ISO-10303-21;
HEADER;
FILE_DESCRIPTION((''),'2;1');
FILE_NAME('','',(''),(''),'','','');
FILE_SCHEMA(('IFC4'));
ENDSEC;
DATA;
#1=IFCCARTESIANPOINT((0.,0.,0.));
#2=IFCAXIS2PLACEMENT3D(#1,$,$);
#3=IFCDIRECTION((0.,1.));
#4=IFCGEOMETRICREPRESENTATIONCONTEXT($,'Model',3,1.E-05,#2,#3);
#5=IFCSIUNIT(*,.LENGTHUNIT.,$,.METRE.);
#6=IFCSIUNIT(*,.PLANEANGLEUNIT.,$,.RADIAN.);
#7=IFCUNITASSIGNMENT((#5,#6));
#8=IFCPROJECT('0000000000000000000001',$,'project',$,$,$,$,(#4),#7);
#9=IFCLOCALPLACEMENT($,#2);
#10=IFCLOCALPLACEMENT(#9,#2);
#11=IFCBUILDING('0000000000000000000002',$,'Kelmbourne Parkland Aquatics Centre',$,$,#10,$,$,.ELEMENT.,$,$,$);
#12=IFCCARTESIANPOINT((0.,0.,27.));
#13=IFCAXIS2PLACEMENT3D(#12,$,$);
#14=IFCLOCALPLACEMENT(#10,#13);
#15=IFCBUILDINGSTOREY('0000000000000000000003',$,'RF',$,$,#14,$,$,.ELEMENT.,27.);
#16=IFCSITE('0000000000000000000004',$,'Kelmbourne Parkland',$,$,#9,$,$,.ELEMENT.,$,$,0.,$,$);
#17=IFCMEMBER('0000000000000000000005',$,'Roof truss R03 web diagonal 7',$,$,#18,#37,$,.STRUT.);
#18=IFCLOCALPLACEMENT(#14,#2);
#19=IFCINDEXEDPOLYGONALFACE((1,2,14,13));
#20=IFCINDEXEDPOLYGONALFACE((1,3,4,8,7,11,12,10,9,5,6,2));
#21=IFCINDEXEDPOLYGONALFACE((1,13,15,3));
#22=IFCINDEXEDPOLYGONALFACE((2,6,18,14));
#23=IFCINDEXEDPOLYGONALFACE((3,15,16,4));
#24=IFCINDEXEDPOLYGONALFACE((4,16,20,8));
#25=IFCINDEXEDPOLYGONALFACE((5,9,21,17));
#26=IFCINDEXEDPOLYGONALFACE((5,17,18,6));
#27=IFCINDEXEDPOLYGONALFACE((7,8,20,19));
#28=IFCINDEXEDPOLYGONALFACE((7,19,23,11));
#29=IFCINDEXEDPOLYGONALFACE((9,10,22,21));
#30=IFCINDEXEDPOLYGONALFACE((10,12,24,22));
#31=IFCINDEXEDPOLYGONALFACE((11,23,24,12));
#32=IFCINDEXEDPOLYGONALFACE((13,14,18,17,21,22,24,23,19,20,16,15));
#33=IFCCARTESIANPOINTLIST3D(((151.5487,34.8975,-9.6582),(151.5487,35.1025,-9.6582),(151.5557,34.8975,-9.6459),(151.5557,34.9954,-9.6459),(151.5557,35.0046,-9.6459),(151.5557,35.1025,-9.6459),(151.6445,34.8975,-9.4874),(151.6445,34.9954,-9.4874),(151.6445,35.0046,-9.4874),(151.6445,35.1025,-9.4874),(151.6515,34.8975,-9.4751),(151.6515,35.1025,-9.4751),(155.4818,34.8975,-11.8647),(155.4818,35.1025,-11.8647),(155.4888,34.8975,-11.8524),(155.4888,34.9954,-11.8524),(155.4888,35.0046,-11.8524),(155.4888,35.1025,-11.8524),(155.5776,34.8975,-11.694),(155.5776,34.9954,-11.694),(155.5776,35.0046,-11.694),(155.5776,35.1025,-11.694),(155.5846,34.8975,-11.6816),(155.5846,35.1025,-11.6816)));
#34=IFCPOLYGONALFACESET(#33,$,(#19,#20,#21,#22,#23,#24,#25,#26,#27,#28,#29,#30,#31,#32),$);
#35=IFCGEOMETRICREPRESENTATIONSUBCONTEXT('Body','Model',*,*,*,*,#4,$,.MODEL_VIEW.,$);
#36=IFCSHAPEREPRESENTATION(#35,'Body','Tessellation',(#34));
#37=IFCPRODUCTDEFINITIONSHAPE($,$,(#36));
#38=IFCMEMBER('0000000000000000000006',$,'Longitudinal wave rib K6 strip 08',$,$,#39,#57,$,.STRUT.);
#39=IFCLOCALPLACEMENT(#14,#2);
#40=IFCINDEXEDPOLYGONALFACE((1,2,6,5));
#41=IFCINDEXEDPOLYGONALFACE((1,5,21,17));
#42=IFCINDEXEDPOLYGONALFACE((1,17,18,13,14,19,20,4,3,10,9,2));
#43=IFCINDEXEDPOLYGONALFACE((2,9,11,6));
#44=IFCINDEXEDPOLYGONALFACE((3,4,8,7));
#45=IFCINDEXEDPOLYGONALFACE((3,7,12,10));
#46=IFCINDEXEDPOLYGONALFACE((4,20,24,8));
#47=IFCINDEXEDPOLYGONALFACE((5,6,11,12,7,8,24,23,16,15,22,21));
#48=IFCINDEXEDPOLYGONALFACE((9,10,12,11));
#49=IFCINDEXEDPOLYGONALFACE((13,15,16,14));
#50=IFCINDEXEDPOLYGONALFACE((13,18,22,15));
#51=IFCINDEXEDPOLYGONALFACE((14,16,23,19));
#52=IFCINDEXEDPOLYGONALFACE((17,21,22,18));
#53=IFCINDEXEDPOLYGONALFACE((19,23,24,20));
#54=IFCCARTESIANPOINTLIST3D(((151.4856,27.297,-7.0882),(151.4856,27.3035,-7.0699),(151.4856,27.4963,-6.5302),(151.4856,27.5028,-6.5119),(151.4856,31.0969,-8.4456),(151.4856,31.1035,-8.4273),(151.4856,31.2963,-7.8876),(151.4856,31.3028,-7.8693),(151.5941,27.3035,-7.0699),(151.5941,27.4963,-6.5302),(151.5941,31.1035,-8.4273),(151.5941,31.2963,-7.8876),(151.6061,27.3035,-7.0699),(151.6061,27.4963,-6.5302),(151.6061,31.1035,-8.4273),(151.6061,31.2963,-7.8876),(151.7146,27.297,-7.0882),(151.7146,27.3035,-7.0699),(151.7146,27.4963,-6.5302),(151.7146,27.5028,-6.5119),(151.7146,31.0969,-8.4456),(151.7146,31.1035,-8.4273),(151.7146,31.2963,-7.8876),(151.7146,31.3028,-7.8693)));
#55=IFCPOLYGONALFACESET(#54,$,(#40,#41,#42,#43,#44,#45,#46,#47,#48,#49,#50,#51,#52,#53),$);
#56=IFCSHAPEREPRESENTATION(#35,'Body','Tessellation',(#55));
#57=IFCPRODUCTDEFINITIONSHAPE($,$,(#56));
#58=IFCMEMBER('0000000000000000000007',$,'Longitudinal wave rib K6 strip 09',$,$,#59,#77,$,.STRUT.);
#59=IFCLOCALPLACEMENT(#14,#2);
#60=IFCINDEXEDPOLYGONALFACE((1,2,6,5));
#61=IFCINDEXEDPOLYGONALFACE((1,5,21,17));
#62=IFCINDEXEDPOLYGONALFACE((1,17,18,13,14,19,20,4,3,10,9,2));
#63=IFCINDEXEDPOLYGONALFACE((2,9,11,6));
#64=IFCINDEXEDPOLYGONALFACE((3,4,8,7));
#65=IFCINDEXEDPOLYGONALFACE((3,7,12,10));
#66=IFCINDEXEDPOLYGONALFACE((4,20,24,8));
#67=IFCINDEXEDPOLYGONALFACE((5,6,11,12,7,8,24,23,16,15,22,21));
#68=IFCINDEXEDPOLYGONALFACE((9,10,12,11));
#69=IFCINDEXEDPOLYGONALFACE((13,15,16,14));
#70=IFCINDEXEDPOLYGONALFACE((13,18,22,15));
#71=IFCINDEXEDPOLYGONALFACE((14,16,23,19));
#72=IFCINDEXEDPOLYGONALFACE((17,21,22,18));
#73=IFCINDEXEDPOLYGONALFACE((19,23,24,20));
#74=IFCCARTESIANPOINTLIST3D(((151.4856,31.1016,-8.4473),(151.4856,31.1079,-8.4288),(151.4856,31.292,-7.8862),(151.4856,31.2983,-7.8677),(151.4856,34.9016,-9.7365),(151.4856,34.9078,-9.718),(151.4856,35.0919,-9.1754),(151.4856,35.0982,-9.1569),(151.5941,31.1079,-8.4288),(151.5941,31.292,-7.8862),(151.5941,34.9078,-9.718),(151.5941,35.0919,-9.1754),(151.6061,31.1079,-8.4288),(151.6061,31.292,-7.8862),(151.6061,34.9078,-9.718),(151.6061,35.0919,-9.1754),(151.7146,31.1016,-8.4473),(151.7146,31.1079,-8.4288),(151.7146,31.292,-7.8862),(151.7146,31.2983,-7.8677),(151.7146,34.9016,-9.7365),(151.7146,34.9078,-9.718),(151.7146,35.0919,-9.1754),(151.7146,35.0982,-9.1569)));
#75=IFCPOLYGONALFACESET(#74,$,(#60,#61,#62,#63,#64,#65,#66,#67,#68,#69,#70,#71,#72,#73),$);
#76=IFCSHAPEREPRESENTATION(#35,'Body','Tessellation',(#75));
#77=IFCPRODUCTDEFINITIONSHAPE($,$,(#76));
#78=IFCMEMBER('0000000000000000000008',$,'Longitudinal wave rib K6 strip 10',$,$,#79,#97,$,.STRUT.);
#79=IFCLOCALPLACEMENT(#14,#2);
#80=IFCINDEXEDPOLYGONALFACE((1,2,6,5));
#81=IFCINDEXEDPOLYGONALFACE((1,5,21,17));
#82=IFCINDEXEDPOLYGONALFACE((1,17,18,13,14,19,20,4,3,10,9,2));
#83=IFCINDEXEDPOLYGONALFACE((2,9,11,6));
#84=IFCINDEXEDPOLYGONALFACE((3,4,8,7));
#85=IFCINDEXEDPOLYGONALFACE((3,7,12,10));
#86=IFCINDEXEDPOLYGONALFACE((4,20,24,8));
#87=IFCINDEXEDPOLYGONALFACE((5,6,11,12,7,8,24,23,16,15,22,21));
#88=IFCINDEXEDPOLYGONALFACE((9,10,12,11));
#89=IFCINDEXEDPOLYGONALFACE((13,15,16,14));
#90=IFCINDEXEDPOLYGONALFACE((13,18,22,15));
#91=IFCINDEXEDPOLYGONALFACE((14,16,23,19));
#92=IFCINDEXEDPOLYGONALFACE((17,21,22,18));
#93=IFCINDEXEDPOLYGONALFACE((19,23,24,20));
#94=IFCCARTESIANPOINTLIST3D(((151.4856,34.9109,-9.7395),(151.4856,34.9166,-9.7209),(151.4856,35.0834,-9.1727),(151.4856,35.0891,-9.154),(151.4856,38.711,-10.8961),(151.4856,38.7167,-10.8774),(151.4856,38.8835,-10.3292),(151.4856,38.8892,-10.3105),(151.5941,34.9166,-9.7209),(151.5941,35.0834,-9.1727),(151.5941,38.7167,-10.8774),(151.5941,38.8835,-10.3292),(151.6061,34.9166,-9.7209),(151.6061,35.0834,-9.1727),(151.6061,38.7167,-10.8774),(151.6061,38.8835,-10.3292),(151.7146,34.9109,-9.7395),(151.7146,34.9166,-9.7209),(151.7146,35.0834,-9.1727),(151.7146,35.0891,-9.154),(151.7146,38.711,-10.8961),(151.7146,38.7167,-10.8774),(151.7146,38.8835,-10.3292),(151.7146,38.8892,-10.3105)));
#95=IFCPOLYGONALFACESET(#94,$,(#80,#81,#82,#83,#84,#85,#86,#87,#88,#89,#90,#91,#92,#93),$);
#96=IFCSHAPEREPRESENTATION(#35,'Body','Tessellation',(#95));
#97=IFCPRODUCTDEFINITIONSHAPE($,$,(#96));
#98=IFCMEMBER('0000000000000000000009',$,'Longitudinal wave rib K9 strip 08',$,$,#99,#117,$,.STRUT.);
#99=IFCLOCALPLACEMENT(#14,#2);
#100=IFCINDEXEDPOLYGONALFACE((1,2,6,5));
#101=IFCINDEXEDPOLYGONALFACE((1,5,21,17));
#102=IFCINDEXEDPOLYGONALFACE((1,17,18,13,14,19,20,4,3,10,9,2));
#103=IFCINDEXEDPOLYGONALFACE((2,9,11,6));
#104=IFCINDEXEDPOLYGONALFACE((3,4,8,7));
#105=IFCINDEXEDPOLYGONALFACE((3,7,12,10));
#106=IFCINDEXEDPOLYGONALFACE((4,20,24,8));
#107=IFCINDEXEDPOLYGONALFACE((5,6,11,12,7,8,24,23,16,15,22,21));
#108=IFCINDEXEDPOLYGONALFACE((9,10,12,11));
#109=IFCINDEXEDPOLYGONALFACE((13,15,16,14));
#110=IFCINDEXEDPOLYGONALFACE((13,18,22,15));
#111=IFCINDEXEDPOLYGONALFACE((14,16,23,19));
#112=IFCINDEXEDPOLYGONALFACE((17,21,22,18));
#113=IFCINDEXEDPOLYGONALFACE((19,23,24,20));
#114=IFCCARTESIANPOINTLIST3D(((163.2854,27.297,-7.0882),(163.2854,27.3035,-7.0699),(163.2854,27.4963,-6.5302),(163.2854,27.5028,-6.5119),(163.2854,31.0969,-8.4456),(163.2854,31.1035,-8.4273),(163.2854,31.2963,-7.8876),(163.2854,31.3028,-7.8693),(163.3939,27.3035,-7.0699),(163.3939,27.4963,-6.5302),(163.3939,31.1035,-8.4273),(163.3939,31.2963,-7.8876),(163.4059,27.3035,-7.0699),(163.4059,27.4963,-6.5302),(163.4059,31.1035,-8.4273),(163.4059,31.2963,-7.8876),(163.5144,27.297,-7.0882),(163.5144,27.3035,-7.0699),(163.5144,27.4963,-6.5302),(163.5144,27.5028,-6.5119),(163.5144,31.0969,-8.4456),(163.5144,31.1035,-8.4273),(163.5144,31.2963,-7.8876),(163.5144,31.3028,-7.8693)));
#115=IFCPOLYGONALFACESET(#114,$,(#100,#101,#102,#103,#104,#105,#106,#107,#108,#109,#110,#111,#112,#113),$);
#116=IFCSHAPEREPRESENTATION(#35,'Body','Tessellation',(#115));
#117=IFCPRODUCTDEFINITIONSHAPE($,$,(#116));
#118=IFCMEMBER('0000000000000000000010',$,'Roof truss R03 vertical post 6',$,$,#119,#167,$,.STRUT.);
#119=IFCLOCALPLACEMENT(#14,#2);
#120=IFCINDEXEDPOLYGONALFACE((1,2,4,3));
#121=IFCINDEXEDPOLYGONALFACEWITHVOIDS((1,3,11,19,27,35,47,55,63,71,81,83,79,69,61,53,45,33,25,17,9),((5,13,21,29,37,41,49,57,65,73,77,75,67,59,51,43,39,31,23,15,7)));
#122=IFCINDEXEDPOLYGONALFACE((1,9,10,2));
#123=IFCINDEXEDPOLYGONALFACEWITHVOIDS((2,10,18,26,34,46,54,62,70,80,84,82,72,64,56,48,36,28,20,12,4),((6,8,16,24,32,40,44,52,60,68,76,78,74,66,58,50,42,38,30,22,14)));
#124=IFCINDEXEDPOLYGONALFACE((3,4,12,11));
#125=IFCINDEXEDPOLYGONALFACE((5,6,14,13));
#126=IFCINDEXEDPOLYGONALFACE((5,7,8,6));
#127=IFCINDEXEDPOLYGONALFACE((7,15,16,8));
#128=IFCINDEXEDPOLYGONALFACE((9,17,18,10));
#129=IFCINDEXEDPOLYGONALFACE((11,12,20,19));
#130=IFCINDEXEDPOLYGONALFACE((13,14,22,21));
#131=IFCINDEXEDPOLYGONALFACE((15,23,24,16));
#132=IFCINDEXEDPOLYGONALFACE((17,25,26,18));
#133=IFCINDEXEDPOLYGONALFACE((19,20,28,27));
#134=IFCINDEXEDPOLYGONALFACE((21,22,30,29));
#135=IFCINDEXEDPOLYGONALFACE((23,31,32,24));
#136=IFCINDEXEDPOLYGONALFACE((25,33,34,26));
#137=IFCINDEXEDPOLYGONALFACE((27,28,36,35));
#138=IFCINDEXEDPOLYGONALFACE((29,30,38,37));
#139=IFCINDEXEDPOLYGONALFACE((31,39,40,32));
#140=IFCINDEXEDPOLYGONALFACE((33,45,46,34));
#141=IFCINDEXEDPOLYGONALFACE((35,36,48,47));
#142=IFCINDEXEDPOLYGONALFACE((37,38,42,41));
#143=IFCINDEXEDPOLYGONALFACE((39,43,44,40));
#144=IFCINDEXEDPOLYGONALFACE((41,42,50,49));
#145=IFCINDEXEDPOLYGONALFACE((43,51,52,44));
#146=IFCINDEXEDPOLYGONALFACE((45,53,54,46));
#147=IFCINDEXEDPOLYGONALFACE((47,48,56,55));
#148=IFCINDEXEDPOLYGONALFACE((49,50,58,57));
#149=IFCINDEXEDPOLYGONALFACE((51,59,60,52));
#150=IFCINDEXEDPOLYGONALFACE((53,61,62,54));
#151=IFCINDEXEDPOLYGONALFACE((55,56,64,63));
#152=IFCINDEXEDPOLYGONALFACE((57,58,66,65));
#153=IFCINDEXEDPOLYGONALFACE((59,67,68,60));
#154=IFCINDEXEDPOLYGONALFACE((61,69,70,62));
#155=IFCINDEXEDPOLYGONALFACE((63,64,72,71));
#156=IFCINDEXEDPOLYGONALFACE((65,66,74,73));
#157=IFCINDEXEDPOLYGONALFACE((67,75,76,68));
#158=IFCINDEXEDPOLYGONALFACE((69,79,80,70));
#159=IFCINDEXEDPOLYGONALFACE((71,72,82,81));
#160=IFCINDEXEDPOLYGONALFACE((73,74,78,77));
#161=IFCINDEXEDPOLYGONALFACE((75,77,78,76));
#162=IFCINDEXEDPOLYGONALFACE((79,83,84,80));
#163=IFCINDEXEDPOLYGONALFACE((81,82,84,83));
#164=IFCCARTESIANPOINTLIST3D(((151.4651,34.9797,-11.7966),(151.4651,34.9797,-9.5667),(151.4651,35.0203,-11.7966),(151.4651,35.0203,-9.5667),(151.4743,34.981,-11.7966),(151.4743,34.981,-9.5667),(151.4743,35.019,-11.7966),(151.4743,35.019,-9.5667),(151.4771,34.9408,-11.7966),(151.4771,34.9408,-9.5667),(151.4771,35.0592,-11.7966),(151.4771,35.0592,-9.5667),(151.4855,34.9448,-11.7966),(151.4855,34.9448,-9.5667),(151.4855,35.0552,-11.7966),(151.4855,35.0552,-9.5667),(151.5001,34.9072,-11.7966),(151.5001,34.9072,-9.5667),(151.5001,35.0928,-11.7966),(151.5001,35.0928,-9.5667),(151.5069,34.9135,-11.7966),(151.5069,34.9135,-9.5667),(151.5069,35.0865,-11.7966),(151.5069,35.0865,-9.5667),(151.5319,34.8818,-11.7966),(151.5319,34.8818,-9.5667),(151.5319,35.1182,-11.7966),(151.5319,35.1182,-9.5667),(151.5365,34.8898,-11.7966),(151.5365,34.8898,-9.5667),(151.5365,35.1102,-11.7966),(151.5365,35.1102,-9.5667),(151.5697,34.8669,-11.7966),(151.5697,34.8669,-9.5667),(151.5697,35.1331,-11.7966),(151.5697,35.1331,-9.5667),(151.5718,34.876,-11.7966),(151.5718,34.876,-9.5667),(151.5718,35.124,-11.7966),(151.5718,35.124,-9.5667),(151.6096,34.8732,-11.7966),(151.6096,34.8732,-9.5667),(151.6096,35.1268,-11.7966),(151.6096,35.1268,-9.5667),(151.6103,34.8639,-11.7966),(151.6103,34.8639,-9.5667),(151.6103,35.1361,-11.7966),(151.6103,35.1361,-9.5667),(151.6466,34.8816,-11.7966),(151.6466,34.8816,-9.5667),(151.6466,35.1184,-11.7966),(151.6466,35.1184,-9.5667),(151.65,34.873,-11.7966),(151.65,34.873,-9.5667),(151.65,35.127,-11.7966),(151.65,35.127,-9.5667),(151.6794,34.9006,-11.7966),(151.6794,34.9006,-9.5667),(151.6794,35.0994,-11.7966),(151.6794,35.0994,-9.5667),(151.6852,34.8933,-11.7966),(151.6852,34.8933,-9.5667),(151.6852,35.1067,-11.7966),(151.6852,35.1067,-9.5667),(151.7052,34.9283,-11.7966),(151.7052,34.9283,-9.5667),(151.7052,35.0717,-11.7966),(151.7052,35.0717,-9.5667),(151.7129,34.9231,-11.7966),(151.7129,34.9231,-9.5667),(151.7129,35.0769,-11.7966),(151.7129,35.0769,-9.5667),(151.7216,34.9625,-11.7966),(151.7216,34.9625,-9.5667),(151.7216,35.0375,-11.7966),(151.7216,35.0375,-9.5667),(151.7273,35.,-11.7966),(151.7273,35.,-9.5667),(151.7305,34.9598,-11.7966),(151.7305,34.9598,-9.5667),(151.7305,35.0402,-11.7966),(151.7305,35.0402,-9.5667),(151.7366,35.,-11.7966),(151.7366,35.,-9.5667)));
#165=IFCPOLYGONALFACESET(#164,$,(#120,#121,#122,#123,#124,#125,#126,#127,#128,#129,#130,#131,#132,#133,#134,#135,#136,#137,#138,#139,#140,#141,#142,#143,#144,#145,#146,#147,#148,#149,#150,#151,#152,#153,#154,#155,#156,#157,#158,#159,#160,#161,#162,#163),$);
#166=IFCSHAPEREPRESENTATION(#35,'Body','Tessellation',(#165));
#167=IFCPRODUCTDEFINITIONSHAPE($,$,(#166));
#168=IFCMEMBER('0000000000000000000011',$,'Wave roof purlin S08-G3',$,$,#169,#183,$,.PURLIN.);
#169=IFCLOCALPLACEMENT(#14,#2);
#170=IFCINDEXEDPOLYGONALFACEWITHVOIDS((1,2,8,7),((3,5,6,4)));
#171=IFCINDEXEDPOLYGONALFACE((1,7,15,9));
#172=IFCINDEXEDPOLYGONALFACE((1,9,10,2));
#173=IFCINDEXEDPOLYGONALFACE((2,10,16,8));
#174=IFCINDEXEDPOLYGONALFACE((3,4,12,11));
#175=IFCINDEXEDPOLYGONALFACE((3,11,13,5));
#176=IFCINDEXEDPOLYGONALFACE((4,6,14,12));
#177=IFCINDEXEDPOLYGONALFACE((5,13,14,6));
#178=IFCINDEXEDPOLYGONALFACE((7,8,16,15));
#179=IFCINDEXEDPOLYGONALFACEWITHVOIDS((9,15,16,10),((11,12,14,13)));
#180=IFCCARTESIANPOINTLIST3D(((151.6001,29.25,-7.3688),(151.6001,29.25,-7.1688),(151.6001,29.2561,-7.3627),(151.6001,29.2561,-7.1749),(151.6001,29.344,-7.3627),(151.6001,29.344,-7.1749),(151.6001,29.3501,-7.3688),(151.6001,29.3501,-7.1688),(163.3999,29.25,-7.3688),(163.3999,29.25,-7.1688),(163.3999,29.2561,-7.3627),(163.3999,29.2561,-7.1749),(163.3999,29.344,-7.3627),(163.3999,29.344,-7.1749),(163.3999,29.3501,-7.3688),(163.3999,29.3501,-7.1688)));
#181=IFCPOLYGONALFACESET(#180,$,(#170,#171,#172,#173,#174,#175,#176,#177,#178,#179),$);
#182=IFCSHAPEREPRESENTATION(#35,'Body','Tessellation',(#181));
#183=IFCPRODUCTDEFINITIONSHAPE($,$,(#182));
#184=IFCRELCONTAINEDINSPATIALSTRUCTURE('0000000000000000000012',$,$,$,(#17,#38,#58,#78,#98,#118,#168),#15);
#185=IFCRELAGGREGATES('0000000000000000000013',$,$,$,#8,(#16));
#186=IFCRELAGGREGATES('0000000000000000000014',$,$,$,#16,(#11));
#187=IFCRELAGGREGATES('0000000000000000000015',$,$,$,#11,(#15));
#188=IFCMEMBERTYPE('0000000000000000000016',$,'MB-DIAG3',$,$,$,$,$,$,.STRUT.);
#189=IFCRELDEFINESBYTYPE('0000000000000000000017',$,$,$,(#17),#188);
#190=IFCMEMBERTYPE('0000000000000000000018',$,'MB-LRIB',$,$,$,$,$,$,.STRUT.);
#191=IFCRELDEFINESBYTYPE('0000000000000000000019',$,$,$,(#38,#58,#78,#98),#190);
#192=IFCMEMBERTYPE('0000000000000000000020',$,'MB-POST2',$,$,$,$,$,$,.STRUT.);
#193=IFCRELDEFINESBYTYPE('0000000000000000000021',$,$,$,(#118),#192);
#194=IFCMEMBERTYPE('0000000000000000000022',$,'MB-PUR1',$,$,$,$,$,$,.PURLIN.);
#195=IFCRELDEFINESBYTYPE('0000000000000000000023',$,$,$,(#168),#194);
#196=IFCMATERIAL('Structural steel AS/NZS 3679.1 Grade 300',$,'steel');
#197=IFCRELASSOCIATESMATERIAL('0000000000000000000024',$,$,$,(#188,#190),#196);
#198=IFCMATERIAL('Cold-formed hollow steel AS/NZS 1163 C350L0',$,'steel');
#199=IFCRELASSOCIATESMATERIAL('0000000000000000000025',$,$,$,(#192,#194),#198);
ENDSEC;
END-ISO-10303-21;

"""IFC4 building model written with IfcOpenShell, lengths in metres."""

from ifc_helpers import new_model, si_unit, direction, frame, origin, origin_2d, place, context, subcontext, project, spatial, hollow_rectangle, hollow_circle, i_section, extrude, material, material_profile, profile_set, type_object, element, save


model = new_model("IFC4")

# Units and contexts
model_context = context("Model", 3, precision=1e-05, world=origin(), true_north=direction((0.0, 1.0)))
body_context = subcontext(model_context, "Body", "Model", "MODEL_VIEW")
ifc_project = project(units=[si_unit("LENGTHUNIT", "METRE"), si_unit("PLANEANGLEUNIT", "RADIAN")], contexts=[model_context])

# Site, building, storey
site_placement = place(None, origin())
site = spatial("IfcSite", under=ifc_project, at=site_placement, Name="Kelmbourne Parkland", CompositionType="ELEMENT", RefElevation=0.0)
building_placement = place(site_placement, origin())
building = spatial("IfcBuilding", under=site, at=building_placement, Name="Kelmbourne Parkland Aquatics Centre", CompositionType="ELEMENT")
storey_placement = place(building_placement, frame((0.0, 0.0, 27.0)))
storey = spatial("IfcBuildingStorey", under=building, at=storey_placement, Name="RF", CompositionType="ELEMENT", Elevation=27.0)

# Members
ifc_material_1 = material(Name="Structural steel AS/NZS 3679.1 Grade 300", Category="steel")
ifc_material_profile_1 = material_profile(ifc_material_1, i_section(OverallWidth=0.2051, OverallDepth=0.21, WebThickness=0.0093, FlangeThickness=0.0142, at=origin_2d()), Name="200UC59.5")
ifc_profile_set_1 = profile_set([ifc_material_profile_1], Name="Structural steel AS/NZS 3679.1 Grade 300")
member_type_1 = type_object("IfcMemberType", Name="MB-DIAG3", PredefinedType="STRUT", material=ifc_profile_set_1)
member_1_placement = place(storey_placement, frame((151.6001, 35.0, -9.5667), z_axis=(0.872127, 0.0, -0.489279), x_axis=(0.0, 1.0, 0.0)))
element("IfcMember", 1, at=member_1_placement, inside=storey, type_object=member_type_1, Name="Roof truss R03 web diagonal 7", PredefinedType="STRUT", context=body_context, shape_type="SweptSolid", body=[
    extrude(i_section(OverallWidth=0.2051, OverallDepth=0.21, WebThickness=0.0093, FlangeThickness=0.0142, at=origin_2d()), origin(), (0.0, 0.0, 1.0), 4.5098),
])
ifc_material_profile_2 = material_profile(ifc_material_1, i_section(OverallWidth=0.229, OverallDepth=0.6121, WebThickness=0.012, FlangeThickness=0.0195, at=origin_2d()), Name="610UB125")
ifc_profile_set_2 = profile_set([ifc_material_profile_2], Name="Structural steel AS/NZS 3679.1 Grade 300")
member_type_2 = type_object("IfcMemberType", Name="MB-LRIB", PredefinedType="STRUT", material=ifc_profile_set_2)
member_2_placement = place(storey_placement, frame((151.6001, 27.3999, -6.8), z_axis=(0.0, 0.941721, -0.336394), x_axis=(-1.0, 0.0, 0.0)))
element("IfcMember", 2, at=member_2_placement, inside=storey, type_object=member_type_2, Name="Longitudinal wave rib K6 strip 08", PredefinedType="STRUT", context=body_context, shape_type="SweptSolid", body=[
    extrude(i_section(OverallWidth=0.229, OverallDepth=0.6121, WebThickness=0.012, FlangeThickness=0.0195, at=origin_2d()), origin(), (0.0, 0.0, 1.0), 4.0352),
])
member_3_placement = place(storey_placement, frame((151.6001, 31.2, -8.1575), z_axis=(0.0, 0.946978, -0.321297), x_axis=(-1.0, 0.0, 0.0)))
element("IfcMember", 3, at=member_3_placement, inside=storey, type_object=member_type_2, Name="Longitudinal wave rib K6 strip 09", PredefinedType="STRUT", context=body_context, shape_type="SweptSolid", body=[
    extrude(i_section(OverallWidth=0.229, OverallDepth=0.6121, WebThickness=0.012, FlangeThickness=0.0195, at=origin_2d()), origin(), (0.0, 0.0, 1.0), 4.0127),
])
member_4_placement = place(storey_placement, frame((151.6001, 35.0, -9.4468), z_axis=(0.0, 0.956677, -0.291152), x_axis=(-1.0, 0.0, 0.0)))
element("IfcMember", 4, at=member_4_placement, inside=storey, type_object=member_type_2, Name="Longitudinal wave rib K6 strip 10", PredefinedType="STRUT", context=body_context, shape_type="SweptSolid", body=[
    extrude(i_section(OverallWidth=0.229, OverallDepth=0.6121, WebThickness=0.012, FlangeThickness=0.0195, at=origin_2d()), origin(), (0.0, 0.0, 1.0), 3.9722),
])
member_5_placement = place(storey_placement, frame((163.3999, 27.3999, -6.8), z_axis=(0.0, 0.941721, -0.336394), x_axis=(-1.0, 0.0, 0.0)))
element("IfcMember", 5, at=member_5_placement, inside=storey, type_object=member_type_2, Name="Longitudinal wave rib K9 strip 08", PredefinedType="STRUT", context=body_context, shape_type="SweptSolid", body=[
    extrude(i_section(OverallWidth=0.229, OverallDepth=0.6121, WebThickness=0.012, FlangeThickness=0.0195, at=origin_2d()), origin(), (0.0, 0.0, 1.0), 4.0352),
])
ifc_material_2 = material(Name="Cold-formed hollow steel AS/NZS 1163 C350L0", Category="steel")
ifc_material_profile_3 = material_profile(ifc_material_2, hollow_circle(Radius=0.1365, WallThickness=0.0093, at=origin_2d()), Name="CHS 273.1x9.3")
ifc_profile_set_3 = profile_set([ifc_material_profile_3], Name="Cold-formed hollow steel AS/NZS 1163 C350L0")
member_type_3 = type_object("IfcMemberType", Name="MB-POST2", PredefinedType="STRUT", material=ifc_profile_set_3)
member_6_placement = place(storey_placement, frame((151.6001, 35.0, -11.7966), z_axis=(0.0, 0.0, 1.0), x_axis=(1.0, 0.0, 0.0)))
element("IfcMember", 6, at=member_6_placement, inside=storey, type_object=member_type_3, Name="Roof truss R03 vertical post 6", PredefinedType="STRUT", context=body_context, shape_type="SweptSolid", body=[
    extrude(hollow_circle(Radius=0.1365, WallThickness=0.0093, at=origin_2d()), origin(), (0.0, 0.0, 1.0), 2.23),
])
ifc_material_profile_4 = material_profile(ifc_material_2, hollow_rectangle(XDim=0.1001, YDim=0.2, WallThickness=0.0061, at=origin_2d()), Name="RHS 200x100x6.0")
ifc_profile_set_4 = profile_set([ifc_material_profile_4], Name="Cold-formed hollow steel AS/NZS 1163 C350L0")
member_type_4 = type_object("IfcMemberType", Name="MB-PUR1", PredefinedType="PURLIN", material=ifc_profile_set_4)
member_7_placement = place(storey_placement, frame((151.6001, 29.3, -7.2688), z_axis=(1.0, 0.0, 0.0), x_axis=(0.0, 1.0, 0.0)))
element("IfcMember", 7, at=member_7_placement, inside=storey, type_object=member_type_4, Name="Wave roof purlin S08-G3", PredefinedType="PURLIN", context=body_context, shape_type="SweptSolid", body=[
    extrude(hollow_rectangle(XDim=0.1001, YDim=0.2, WallThickness=0.0061, at=origin_2d()), origin(), (0.0, 0.0, 1.0), 11.7998),
])

save(model, "model.ifc")
